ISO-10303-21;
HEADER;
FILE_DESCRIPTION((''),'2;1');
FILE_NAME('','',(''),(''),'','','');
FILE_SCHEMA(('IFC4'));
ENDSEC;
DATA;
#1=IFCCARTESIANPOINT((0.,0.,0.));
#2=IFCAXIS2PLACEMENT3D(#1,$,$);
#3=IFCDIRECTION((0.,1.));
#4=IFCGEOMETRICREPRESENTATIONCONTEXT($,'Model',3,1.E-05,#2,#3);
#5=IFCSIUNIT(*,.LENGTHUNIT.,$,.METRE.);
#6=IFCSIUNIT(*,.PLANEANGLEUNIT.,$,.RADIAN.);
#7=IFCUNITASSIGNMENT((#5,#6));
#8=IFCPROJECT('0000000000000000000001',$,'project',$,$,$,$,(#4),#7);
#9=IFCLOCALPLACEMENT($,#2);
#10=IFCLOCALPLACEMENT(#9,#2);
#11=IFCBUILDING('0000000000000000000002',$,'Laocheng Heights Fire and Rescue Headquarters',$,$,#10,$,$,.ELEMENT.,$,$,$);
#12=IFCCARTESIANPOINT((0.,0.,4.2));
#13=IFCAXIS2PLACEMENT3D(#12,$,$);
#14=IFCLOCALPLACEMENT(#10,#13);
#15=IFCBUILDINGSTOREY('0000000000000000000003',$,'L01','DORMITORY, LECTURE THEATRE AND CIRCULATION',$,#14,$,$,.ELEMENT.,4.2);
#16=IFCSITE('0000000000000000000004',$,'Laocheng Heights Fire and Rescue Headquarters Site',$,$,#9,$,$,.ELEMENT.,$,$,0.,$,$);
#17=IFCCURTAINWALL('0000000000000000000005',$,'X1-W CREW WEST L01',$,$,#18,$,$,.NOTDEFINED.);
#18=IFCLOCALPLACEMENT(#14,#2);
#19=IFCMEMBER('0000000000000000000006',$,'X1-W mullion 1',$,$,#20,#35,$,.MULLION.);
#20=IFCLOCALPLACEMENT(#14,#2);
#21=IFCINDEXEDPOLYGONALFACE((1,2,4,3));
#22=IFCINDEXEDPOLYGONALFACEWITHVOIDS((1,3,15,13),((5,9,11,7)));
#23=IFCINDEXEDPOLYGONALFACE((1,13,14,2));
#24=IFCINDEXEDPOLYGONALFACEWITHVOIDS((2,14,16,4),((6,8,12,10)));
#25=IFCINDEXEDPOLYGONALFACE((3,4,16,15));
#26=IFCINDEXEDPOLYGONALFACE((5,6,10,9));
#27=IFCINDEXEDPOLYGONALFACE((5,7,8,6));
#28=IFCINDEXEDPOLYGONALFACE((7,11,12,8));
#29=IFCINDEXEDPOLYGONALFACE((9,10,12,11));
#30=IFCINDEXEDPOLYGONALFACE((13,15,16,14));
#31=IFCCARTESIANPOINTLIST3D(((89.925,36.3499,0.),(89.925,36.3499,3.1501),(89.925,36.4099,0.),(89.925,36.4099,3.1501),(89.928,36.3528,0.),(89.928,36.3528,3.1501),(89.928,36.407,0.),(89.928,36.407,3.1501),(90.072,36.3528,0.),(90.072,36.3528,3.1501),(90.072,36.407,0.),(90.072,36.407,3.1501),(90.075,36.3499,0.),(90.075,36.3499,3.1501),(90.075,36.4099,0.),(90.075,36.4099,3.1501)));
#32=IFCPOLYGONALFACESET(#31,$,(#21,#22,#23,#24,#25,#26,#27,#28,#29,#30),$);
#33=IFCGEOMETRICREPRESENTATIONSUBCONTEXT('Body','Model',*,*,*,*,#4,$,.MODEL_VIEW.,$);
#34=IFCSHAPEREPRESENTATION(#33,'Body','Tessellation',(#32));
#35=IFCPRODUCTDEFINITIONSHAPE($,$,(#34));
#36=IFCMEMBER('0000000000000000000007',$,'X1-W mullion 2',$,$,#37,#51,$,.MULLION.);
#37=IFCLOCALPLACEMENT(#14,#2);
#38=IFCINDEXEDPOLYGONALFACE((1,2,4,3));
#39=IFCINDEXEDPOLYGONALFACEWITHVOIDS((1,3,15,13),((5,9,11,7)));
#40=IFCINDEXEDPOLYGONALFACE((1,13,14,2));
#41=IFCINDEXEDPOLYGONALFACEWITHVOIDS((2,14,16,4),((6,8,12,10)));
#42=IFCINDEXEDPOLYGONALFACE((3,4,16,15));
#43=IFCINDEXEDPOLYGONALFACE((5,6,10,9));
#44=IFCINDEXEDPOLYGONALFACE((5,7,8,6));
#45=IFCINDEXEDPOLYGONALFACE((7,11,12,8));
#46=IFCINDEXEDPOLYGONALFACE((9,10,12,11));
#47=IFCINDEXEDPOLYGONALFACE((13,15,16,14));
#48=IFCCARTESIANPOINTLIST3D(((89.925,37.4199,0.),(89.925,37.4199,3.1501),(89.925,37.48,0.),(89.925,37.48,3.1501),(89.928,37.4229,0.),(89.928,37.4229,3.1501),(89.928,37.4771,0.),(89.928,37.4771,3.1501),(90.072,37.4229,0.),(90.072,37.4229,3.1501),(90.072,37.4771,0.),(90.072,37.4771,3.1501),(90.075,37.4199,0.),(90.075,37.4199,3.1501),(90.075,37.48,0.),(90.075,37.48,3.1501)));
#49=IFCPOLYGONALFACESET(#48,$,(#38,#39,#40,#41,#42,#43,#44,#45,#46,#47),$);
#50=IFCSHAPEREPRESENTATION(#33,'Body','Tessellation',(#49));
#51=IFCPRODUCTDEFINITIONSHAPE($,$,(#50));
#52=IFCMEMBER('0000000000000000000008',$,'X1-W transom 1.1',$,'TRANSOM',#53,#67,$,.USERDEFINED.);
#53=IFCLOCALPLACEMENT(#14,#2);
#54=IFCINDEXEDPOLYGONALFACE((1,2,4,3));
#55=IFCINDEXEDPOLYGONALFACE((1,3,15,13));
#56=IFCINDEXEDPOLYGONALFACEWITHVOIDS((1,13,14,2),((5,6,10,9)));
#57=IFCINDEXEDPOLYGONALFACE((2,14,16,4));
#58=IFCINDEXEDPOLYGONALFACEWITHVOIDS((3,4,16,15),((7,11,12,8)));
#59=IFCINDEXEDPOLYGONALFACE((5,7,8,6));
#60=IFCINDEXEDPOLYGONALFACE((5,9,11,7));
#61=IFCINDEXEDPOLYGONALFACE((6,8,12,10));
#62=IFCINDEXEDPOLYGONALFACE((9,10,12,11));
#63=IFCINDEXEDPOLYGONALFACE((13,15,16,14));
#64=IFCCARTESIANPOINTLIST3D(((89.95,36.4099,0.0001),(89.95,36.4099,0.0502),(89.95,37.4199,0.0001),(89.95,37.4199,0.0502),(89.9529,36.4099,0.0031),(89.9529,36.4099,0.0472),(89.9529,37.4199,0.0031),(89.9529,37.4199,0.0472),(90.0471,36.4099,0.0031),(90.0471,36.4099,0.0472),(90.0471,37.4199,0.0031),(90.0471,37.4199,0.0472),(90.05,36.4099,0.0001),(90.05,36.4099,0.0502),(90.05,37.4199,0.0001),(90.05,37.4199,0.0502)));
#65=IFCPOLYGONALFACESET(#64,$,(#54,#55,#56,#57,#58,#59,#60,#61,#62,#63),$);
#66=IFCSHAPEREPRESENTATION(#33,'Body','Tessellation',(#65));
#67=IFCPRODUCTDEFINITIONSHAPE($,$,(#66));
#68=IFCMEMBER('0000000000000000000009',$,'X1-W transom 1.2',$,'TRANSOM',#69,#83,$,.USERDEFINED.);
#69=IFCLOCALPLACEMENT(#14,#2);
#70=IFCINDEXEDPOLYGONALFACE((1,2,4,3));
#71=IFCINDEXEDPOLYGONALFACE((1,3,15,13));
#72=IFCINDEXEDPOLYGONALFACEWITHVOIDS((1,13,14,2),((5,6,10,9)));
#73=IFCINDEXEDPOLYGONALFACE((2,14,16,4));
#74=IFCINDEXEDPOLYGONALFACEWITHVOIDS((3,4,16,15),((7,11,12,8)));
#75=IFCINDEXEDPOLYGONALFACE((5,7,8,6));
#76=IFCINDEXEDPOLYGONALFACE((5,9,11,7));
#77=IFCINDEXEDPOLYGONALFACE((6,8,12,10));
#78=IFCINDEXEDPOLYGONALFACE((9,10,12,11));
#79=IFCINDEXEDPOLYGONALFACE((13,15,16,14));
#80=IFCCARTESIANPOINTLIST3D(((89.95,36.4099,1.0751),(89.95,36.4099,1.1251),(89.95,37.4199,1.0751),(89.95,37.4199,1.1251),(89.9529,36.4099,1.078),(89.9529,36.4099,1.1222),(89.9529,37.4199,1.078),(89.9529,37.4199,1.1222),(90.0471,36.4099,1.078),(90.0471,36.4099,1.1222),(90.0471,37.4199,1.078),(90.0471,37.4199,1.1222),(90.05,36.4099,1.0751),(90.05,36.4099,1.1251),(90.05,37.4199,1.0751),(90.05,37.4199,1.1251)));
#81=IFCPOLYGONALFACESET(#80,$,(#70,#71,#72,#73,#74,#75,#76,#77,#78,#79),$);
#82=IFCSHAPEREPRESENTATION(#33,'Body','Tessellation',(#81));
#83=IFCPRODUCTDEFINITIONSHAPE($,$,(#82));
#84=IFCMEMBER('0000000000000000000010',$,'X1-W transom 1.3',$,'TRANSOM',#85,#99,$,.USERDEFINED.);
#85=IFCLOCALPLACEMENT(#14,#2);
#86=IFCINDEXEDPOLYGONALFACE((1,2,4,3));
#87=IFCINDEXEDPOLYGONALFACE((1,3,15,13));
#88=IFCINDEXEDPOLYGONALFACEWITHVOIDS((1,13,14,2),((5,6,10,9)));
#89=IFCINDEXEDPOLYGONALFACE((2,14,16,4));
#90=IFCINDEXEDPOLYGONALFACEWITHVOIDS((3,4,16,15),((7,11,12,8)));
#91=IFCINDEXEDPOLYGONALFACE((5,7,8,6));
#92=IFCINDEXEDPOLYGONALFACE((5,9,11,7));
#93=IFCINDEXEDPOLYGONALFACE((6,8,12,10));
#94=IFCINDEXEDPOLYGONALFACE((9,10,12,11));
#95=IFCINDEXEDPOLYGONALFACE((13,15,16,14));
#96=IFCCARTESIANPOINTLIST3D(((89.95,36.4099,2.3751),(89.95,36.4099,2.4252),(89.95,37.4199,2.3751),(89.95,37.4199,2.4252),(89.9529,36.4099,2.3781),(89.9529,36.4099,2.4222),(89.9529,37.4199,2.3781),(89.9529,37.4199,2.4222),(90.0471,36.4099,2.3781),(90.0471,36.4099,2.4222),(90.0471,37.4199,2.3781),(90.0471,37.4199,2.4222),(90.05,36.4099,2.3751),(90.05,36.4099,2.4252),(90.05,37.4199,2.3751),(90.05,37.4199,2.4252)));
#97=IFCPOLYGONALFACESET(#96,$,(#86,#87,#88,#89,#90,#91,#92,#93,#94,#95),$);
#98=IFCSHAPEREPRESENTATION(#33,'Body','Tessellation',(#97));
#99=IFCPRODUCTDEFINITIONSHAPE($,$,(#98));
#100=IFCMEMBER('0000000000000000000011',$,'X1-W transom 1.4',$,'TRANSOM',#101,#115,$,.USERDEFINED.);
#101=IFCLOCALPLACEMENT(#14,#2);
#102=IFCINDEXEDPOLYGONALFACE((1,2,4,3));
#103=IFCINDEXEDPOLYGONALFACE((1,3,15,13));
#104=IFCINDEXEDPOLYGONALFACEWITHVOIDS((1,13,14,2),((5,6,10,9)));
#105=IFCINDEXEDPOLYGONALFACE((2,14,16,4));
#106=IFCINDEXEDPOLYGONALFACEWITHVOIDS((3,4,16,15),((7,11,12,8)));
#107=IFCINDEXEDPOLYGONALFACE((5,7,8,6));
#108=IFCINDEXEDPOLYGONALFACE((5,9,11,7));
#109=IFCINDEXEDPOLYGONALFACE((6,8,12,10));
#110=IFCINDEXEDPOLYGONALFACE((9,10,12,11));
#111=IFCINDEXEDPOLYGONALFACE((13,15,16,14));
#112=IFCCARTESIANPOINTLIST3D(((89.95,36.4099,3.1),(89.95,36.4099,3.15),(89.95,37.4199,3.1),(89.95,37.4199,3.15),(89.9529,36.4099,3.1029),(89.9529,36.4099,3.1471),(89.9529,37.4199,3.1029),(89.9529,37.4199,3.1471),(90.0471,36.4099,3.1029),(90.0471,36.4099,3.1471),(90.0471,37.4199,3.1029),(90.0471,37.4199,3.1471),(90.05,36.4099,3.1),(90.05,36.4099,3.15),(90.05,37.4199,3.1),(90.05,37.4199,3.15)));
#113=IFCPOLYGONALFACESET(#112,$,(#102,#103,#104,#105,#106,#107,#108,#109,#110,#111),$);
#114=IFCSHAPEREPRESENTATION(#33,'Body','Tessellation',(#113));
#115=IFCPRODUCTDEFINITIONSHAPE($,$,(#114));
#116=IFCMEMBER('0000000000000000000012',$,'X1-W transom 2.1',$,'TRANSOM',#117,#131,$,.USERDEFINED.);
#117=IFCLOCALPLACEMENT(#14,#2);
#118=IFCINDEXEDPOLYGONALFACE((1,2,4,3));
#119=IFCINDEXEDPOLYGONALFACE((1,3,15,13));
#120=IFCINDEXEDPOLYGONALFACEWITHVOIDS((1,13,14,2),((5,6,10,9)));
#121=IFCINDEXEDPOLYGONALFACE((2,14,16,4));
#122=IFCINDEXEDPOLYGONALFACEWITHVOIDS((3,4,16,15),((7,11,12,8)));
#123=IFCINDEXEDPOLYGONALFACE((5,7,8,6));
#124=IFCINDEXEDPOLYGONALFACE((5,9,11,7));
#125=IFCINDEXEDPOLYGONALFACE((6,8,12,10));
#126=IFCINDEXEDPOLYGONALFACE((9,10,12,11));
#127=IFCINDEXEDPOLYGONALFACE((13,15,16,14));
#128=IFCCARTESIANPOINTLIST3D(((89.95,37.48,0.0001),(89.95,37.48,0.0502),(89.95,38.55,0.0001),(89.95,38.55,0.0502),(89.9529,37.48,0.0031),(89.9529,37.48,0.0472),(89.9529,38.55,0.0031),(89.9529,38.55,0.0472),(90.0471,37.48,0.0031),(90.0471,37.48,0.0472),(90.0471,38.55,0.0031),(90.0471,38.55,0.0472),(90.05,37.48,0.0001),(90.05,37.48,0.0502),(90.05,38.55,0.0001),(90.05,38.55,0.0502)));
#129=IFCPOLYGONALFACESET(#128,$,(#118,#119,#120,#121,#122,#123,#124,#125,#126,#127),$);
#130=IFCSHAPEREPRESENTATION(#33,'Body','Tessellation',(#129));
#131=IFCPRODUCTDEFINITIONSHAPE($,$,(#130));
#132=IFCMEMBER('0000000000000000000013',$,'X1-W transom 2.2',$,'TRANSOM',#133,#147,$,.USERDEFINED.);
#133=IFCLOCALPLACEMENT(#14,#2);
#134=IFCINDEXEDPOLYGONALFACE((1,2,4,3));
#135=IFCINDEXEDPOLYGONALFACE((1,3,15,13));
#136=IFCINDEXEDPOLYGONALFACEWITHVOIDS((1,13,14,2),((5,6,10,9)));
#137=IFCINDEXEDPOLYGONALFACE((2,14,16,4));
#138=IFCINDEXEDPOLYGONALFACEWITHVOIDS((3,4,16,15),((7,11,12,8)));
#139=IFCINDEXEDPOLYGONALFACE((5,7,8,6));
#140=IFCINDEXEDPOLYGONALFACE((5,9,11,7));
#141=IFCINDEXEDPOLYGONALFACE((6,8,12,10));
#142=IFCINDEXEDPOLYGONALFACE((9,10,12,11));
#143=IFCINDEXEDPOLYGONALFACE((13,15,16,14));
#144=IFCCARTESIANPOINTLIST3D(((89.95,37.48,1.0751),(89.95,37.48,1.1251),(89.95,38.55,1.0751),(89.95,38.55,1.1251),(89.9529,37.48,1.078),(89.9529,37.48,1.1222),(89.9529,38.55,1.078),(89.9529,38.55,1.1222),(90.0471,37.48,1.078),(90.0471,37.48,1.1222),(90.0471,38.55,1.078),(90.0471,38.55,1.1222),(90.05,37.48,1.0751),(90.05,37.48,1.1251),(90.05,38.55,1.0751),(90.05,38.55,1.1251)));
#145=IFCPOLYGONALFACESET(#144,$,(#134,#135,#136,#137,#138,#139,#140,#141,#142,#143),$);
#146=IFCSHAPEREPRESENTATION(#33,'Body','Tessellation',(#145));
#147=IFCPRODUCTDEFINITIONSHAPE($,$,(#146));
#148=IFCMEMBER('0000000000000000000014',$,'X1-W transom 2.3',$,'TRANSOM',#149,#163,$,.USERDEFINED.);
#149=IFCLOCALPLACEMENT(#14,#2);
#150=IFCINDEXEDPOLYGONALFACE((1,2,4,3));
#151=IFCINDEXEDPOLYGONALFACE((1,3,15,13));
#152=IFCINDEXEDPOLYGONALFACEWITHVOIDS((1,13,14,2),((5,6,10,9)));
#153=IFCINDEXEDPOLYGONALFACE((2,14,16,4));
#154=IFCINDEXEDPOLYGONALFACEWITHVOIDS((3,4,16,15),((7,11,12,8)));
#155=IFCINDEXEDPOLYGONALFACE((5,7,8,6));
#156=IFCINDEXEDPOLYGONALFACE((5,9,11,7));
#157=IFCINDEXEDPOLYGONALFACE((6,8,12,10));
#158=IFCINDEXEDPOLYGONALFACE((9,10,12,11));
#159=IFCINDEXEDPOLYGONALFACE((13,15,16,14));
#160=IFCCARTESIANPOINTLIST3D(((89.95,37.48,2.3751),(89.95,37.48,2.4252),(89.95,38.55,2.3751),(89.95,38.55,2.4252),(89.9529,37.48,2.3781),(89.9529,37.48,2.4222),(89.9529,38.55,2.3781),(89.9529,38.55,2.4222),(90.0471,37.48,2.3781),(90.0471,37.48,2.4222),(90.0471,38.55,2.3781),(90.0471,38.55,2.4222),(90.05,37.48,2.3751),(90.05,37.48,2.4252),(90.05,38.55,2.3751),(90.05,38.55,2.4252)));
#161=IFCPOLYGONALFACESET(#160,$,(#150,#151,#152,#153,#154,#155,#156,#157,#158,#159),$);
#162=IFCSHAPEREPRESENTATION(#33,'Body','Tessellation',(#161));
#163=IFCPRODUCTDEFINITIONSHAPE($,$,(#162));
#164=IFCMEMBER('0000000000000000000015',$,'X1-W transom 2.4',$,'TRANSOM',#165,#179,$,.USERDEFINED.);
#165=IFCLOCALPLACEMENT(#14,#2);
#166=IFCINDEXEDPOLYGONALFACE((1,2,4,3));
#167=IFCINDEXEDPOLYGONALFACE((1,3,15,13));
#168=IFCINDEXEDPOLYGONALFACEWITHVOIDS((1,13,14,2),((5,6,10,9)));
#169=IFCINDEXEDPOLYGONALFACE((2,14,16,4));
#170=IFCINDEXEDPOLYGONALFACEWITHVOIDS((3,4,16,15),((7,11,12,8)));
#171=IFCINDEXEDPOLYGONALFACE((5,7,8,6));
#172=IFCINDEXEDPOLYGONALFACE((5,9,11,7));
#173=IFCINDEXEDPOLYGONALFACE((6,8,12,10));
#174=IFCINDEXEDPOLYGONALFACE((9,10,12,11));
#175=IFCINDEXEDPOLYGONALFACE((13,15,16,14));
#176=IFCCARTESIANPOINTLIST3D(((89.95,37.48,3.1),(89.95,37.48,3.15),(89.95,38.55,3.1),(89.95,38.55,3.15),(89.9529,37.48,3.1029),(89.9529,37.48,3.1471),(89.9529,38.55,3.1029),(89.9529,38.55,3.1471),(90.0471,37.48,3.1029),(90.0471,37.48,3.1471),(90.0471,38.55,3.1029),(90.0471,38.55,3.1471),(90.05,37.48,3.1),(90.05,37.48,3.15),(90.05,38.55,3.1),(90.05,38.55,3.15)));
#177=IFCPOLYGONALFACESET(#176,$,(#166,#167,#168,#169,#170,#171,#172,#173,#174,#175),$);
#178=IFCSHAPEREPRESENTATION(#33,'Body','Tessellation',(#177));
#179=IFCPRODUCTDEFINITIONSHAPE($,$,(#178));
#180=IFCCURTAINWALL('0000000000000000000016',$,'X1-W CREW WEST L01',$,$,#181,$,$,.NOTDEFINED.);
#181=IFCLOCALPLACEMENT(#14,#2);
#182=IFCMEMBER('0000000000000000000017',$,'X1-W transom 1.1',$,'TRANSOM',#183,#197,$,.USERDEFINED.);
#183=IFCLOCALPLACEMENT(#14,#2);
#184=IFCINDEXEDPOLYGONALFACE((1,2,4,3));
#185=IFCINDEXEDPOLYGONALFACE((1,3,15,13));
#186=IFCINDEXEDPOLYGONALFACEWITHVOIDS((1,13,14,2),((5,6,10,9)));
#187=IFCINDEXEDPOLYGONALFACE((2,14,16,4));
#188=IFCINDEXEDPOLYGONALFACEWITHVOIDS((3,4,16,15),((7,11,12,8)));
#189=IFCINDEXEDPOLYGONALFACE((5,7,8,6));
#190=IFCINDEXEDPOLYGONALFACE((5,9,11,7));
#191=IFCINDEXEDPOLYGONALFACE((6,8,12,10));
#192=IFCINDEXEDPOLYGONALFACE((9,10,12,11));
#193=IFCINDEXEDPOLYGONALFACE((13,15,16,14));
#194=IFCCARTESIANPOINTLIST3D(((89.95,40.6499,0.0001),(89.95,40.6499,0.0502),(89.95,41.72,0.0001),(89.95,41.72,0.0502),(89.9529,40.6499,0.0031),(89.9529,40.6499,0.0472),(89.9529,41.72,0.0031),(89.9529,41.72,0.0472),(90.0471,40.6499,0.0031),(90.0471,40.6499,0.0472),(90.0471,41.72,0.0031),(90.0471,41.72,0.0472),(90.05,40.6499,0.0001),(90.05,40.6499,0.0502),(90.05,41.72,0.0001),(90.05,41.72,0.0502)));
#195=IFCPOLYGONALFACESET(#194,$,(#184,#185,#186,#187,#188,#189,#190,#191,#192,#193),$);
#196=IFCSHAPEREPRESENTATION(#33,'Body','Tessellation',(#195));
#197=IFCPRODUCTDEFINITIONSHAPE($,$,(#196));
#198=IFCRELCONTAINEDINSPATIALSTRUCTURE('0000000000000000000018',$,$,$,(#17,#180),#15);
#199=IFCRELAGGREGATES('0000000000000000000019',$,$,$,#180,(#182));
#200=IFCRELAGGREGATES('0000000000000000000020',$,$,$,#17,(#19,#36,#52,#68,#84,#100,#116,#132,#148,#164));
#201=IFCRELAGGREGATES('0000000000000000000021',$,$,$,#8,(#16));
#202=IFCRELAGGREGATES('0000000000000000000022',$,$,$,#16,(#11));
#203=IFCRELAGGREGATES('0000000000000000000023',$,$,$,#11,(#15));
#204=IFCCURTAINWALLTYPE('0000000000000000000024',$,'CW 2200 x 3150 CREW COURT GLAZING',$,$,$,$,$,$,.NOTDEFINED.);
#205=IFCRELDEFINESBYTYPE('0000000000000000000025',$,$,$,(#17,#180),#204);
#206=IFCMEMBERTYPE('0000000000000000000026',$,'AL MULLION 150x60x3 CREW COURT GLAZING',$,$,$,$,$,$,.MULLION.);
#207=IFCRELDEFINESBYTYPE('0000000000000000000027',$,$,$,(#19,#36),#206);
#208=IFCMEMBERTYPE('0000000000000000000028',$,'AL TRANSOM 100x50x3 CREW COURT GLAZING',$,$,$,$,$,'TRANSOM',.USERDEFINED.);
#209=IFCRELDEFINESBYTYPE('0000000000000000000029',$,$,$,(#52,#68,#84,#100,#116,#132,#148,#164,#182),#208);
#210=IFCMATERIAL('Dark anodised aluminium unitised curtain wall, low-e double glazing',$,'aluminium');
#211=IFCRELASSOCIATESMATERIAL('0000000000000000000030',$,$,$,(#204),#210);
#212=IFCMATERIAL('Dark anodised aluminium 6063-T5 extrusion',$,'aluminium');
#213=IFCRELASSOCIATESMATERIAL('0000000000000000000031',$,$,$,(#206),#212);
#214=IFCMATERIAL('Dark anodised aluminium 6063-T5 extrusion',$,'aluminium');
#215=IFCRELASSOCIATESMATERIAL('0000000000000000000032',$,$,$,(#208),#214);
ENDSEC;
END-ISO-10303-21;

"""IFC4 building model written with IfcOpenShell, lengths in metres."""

from ifc_helpers import new_model, si_unit, direction, frame, origin, origin_2d, place, context, subcontext, project, spatial, hollow_rectangle, extrude, material, material_profile, profile_set, type_object, element, aggregate, save


model = new_model("IFC4")

# Units and contexts
model_context = context("Model", 3, precision=1e-05, world=origin(), true_north=direction((0.0, 1.0)))
body_context = subcontext(model_context, "Body", "Model", "MODEL_VIEW")
ifc_project = project(units=[si_unit("LENGTHUNIT", "METRE"), si_unit("PLANEANGLEUNIT", "RADIAN")], contexts=[model_context])

# Site, building, storey
site_placement = place(None, origin())
site = spatial("IfcSite", under=ifc_project, at=site_placement, Name="Laocheng Heights Fire and Rescue Headquarters Site", CompositionType="ELEMENT", RefElevation=0.0)
building_placement = place(site_placement, origin())
building = spatial("IfcBuilding", under=site, at=building_placement, Name="Laocheng Heights Fire and Rescue Headquarters", CompositionType="ELEMENT")
storey_placement = place(building_placement, frame((0.0, 0.0, 4.2)))
storey = spatial("IfcBuildingStorey", under=building, at=storey_placement, Name="L01", Description="DORMITORY, LECTURE THEATRE AND CIRCULATION", CompositionType="ELEMENT", Elevation=4.2)

# Curtain walls, members
ifc_material_1 = material(Name="Dark anodised aluminium unitised curtain wall, low-e double glazing", Category="aluminium")
curtain_wall_type = type_object("IfcCurtainWallType", Name="CW 2200 x 3150 CREW COURT GLAZING", PredefinedType="NOTDEFINED", material=ifc_material_1)
curtain_wall_1_placement = place(storey_placement, origin())
curtain_wall_1 = element("IfcCurtainWall", 1, at=curtain_wall_1_placement, inside=storey, type_object=curtain_wall_type, Name="X1-W CREW WEST L01", PredefinedType="NOTDEFINED")
ifc_material_2 = material(Name="Dark anodised aluminium 6063-T5 extrusion", Category="aluminium")
ifc_material_profile_1 = material_profile(ifc_material_2, hollow_rectangle(XDim=0.1499, YDim=0.0601, WallThickness=0.0029, at=origin_2d()), Name="AL MULLION 150x60x3 CREW COURT GLAZING")
ifc_profile_set_1 = profile_set([ifc_material_profile_1], Name="Dark anodised aluminium 6063-T5 extrusion")
member_type_1 = type_object("IfcMemberType", Name="AL MULLION 150x60x3 CREW COURT GLAZING", PredefinedType="MULLION", material=ifc_profile_set_1)
member_1_placement = place(storey_placement, frame((90.0, 36.3799, 0.0), z_axis=(0.0, 0.0, 1.0), x_axis=(-1.0, 0.0, 0.0)))
member_1 = element("IfcMember", 2, at=member_1_placement, type_object=member_type_1, Name="X1-W mullion 1", PredefinedType="MULLION", context=body_context, shape_type="SweptSolid", body=[
    extrude(hollow_rectangle(XDim=0.1499, YDim=0.0601, WallThickness=0.0029, at=origin_2d()), origin(), (0.0, 0.0, 1.0), 3.1501),
])
member_2_placement = place(storey_placement, frame((90.0, 37.45, 0.0), z_axis=(0.0, 0.0, 1.0), x_axis=(-1.0, 0.0, 0.0)))
member_2 = element("IfcMember", 3, at=member_2_placement, type_object=member_type_1, Name="X1-W mullion 2", PredefinedType="MULLION", context=body_context, shape_type="SweptSolid", body=[
    extrude(hollow_rectangle(XDim=0.1499, YDim=0.0601, WallThickness=0.0029, at=origin_2d()), origin(), (0.0, 0.0, 1.0), 3.1501),
])
ifc_material_3 = material(Name="Dark anodised aluminium 6063-T5 extrusion", Category="aluminium")
ifc_material_profile_2 = material_profile(ifc_material_3, hollow_rectangle(XDim=0.1001, YDim=0.05, WallThickness=0.0029, at=origin_2d()), Name="AL TRANSOM 100x50x3 CREW COURT GLAZING")
ifc_profile_set_2 = profile_set([ifc_material_profile_2], Name="Dark anodised aluminium 6063-T5 extrusion")
member_type_2 = type_object("IfcMemberType", Name="AL TRANSOM 100x50x3 CREW COURT GLAZING", ElementType="TRANSOM", PredefinedType="USERDEFINED", material=ifc_profile_set_2)
member_3_placement = place(storey_placement, frame((90.0, 36.4099, 0.0251), z_axis=(0.0, 1.0, 0.0), x_axis=(-1.0, 0.0, 0.0)))
member_3 = element("IfcMember", 4, at=member_3_placement, type_object=member_type_2, Name="X1-W transom 1.1", ObjectType="TRANSOM", PredefinedType="USERDEFINED", context=body_context, shape_type="SweptSolid", body=[
    extrude(hollow_rectangle(XDim=0.1001, YDim=0.05, WallThickness=0.0029, at=origin_2d()), origin(), (0.0, 0.0, 1.0), 1.01),
])
member_4_placement = place(storey_placement, frame((90.0, 36.4099, 1.1001), z_axis=(0.0, 1.0, 0.0), x_axis=(-1.0, 0.0, 0.0)))
member_4 = element("IfcMember", 5, at=member_4_placement, type_object=member_type_2, Name="X1-W transom 1.2", ObjectType="TRANSOM", PredefinedType="USERDEFINED", context=body_context, shape_type="SweptSolid", body=[
    extrude(hollow_rectangle(XDim=0.1001, YDim=0.05, WallThickness=0.0029, at=origin_2d()), origin(), (0.0, 0.0, 1.0), 1.01),
])
member_5_placement = place(storey_placement, frame((90.0, 36.4099, 2.4001), z_axis=(0.0, 1.0, 0.0), x_axis=(-1.0, 0.0, 0.0)))
member_5 = element("IfcMember", 6, at=member_5_placement, type_object=member_type_2, Name="X1-W transom 1.3", ObjectType="TRANSOM", PredefinedType="USERDEFINED", context=body_context, shape_type="SweptSolid", body=[
    extrude(hollow_rectangle(XDim=0.1001, YDim=0.05, WallThickness=0.0029, at=origin_2d()), origin(), (0.0, 0.0, 1.0), 1.01),
])
member_6_placement = place(storey_placement, frame((90.0, 36.4099, 3.125), z_axis=(0.0, 1.0, 0.0), x_axis=(-1.0, 0.0, 0.0)))
member_6 = element("IfcMember", 7, at=member_6_placement, type_object=member_type_2, Name="X1-W transom 1.4", ObjectType="TRANSOM", PredefinedType="USERDEFINED", context=body_context, shape_type="SweptSolid", body=[
    extrude(hollow_rectangle(XDim=0.1001, YDim=0.05, WallThickness=0.0029, at=origin_2d()), origin(), (0.0, 0.0, 1.0), 1.01),
])
member_7_placement = place(storey_placement, frame((90.0, 37.48, 0.0251), z_axis=(0.0, 1.0, 0.0), x_axis=(-1.0, 0.0, 0.0)))
member_7 = element("IfcMember", 8, at=member_7_placement, type_object=member_type_2, Name="X1-W transom 2.1", ObjectType="TRANSOM", PredefinedType="USERDEFINED", context=body_context, shape_type="SweptSolid", body=[
    extrude(hollow_rectangle(XDim=0.1001, YDim=0.05, WallThickness=0.0029, at=origin_2d()), origin(), (0.0, 0.0, 1.0), 1.0701),
])
member_8_placement = place(storey_placement, frame((90.0, 37.48, 1.1001), z_axis=(0.0, 1.0, 0.0), x_axis=(-1.0, 0.0, 0.0)))
member_8 = element("IfcMember", 9, at=member_8_placement, type_object=member_type_2, Name="X1-W transom 2.2", ObjectType="TRANSOM", PredefinedType="USERDEFINED", context=body_context, shape_type="SweptSolid", body=[
    extrude(hollow_rectangle(XDim=0.1001, YDim=0.05, WallThickness=0.0029, at=origin_2d()), origin(), (0.0, 0.0, 1.0), 1.0701),
])
member_9_placement = place(storey_placement, frame((90.0, 37.48, 2.4001), z_axis=(0.0, 1.0, 0.0), x_axis=(-1.0, 0.0, 0.0)))
member_9 = element("IfcMember", 10, at=member_9_placement, type_object=member_type_2, Name="X1-W transom 2.3", ObjectType="TRANSOM", PredefinedType="USERDEFINED", context=body_context, shape_type="SweptSolid", body=[
    extrude(hollow_rectangle(XDim=0.1001, YDim=0.05, WallThickness=0.0029, at=origin_2d()), origin(), (0.0, 0.0, 1.0), 1.0701),
])
member_10_placement = place(storey_placement, frame((90.0, 37.48, 3.125), z_axis=(0.0, 1.0, 0.0), x_axis=(-1.0, 0.0, 0.0)))
member_10 = element("IfcMember", 11, at=member_10_placement, type_object=member_type_2, Name="X1-W transom 2.4", ObjectType="TRANSOM", PredefinedType="USERDEFINED", context=body_context, shape_type="SweptSolid", body=[
    extrude(hollow_rectangle(XDim=0.1001, YDim=0.05, WallThickness=0.0029, at=origin_2d()), origin(), (0.0, 0.0, 1.0), 1.0701),
])
curtain_wall_2_placement = place(storey_placement, origin())
curtain_wall_2 = element("IfcCurtainWall", 12, at=curtain_wall_2_placement, inside=storey, type_object=curtain_wall_type, Name="X1-W CREW WEST L01", PredefinedType="NOTDEFINED")
member_11_placement = place(storey_placement, frame((90.0, 40.6499, 0.0251), z_axis=(0.0, 1.0, 0.0), x_axis=(-1.0, 0.0, 0.0)))
member_11 = element("IfcMember", 13, at=member_11_placement, type_object=member_type_2, Name="X1-W transom 1.1", ObjectType="TRANSOM", PredefinedType="USERDEFINED", context=body_context, shape_type="SweptSolid", body=[
    extrude(hollow_rectangle(XDim=0.1001, YDim=0.05, WallThickness=0.0029, at=origin_2d()), origin(), (0.0, 0.0, 1.0), 1.0701),
])
aggregate(curtain_wall_2, [member_11])

aggregate(curtain_wall_1, [member_1, member_2, member_3, member_4, member_5, member_6, member_7, member_8, member_9, member_10])

save(model, "model.ifc")
